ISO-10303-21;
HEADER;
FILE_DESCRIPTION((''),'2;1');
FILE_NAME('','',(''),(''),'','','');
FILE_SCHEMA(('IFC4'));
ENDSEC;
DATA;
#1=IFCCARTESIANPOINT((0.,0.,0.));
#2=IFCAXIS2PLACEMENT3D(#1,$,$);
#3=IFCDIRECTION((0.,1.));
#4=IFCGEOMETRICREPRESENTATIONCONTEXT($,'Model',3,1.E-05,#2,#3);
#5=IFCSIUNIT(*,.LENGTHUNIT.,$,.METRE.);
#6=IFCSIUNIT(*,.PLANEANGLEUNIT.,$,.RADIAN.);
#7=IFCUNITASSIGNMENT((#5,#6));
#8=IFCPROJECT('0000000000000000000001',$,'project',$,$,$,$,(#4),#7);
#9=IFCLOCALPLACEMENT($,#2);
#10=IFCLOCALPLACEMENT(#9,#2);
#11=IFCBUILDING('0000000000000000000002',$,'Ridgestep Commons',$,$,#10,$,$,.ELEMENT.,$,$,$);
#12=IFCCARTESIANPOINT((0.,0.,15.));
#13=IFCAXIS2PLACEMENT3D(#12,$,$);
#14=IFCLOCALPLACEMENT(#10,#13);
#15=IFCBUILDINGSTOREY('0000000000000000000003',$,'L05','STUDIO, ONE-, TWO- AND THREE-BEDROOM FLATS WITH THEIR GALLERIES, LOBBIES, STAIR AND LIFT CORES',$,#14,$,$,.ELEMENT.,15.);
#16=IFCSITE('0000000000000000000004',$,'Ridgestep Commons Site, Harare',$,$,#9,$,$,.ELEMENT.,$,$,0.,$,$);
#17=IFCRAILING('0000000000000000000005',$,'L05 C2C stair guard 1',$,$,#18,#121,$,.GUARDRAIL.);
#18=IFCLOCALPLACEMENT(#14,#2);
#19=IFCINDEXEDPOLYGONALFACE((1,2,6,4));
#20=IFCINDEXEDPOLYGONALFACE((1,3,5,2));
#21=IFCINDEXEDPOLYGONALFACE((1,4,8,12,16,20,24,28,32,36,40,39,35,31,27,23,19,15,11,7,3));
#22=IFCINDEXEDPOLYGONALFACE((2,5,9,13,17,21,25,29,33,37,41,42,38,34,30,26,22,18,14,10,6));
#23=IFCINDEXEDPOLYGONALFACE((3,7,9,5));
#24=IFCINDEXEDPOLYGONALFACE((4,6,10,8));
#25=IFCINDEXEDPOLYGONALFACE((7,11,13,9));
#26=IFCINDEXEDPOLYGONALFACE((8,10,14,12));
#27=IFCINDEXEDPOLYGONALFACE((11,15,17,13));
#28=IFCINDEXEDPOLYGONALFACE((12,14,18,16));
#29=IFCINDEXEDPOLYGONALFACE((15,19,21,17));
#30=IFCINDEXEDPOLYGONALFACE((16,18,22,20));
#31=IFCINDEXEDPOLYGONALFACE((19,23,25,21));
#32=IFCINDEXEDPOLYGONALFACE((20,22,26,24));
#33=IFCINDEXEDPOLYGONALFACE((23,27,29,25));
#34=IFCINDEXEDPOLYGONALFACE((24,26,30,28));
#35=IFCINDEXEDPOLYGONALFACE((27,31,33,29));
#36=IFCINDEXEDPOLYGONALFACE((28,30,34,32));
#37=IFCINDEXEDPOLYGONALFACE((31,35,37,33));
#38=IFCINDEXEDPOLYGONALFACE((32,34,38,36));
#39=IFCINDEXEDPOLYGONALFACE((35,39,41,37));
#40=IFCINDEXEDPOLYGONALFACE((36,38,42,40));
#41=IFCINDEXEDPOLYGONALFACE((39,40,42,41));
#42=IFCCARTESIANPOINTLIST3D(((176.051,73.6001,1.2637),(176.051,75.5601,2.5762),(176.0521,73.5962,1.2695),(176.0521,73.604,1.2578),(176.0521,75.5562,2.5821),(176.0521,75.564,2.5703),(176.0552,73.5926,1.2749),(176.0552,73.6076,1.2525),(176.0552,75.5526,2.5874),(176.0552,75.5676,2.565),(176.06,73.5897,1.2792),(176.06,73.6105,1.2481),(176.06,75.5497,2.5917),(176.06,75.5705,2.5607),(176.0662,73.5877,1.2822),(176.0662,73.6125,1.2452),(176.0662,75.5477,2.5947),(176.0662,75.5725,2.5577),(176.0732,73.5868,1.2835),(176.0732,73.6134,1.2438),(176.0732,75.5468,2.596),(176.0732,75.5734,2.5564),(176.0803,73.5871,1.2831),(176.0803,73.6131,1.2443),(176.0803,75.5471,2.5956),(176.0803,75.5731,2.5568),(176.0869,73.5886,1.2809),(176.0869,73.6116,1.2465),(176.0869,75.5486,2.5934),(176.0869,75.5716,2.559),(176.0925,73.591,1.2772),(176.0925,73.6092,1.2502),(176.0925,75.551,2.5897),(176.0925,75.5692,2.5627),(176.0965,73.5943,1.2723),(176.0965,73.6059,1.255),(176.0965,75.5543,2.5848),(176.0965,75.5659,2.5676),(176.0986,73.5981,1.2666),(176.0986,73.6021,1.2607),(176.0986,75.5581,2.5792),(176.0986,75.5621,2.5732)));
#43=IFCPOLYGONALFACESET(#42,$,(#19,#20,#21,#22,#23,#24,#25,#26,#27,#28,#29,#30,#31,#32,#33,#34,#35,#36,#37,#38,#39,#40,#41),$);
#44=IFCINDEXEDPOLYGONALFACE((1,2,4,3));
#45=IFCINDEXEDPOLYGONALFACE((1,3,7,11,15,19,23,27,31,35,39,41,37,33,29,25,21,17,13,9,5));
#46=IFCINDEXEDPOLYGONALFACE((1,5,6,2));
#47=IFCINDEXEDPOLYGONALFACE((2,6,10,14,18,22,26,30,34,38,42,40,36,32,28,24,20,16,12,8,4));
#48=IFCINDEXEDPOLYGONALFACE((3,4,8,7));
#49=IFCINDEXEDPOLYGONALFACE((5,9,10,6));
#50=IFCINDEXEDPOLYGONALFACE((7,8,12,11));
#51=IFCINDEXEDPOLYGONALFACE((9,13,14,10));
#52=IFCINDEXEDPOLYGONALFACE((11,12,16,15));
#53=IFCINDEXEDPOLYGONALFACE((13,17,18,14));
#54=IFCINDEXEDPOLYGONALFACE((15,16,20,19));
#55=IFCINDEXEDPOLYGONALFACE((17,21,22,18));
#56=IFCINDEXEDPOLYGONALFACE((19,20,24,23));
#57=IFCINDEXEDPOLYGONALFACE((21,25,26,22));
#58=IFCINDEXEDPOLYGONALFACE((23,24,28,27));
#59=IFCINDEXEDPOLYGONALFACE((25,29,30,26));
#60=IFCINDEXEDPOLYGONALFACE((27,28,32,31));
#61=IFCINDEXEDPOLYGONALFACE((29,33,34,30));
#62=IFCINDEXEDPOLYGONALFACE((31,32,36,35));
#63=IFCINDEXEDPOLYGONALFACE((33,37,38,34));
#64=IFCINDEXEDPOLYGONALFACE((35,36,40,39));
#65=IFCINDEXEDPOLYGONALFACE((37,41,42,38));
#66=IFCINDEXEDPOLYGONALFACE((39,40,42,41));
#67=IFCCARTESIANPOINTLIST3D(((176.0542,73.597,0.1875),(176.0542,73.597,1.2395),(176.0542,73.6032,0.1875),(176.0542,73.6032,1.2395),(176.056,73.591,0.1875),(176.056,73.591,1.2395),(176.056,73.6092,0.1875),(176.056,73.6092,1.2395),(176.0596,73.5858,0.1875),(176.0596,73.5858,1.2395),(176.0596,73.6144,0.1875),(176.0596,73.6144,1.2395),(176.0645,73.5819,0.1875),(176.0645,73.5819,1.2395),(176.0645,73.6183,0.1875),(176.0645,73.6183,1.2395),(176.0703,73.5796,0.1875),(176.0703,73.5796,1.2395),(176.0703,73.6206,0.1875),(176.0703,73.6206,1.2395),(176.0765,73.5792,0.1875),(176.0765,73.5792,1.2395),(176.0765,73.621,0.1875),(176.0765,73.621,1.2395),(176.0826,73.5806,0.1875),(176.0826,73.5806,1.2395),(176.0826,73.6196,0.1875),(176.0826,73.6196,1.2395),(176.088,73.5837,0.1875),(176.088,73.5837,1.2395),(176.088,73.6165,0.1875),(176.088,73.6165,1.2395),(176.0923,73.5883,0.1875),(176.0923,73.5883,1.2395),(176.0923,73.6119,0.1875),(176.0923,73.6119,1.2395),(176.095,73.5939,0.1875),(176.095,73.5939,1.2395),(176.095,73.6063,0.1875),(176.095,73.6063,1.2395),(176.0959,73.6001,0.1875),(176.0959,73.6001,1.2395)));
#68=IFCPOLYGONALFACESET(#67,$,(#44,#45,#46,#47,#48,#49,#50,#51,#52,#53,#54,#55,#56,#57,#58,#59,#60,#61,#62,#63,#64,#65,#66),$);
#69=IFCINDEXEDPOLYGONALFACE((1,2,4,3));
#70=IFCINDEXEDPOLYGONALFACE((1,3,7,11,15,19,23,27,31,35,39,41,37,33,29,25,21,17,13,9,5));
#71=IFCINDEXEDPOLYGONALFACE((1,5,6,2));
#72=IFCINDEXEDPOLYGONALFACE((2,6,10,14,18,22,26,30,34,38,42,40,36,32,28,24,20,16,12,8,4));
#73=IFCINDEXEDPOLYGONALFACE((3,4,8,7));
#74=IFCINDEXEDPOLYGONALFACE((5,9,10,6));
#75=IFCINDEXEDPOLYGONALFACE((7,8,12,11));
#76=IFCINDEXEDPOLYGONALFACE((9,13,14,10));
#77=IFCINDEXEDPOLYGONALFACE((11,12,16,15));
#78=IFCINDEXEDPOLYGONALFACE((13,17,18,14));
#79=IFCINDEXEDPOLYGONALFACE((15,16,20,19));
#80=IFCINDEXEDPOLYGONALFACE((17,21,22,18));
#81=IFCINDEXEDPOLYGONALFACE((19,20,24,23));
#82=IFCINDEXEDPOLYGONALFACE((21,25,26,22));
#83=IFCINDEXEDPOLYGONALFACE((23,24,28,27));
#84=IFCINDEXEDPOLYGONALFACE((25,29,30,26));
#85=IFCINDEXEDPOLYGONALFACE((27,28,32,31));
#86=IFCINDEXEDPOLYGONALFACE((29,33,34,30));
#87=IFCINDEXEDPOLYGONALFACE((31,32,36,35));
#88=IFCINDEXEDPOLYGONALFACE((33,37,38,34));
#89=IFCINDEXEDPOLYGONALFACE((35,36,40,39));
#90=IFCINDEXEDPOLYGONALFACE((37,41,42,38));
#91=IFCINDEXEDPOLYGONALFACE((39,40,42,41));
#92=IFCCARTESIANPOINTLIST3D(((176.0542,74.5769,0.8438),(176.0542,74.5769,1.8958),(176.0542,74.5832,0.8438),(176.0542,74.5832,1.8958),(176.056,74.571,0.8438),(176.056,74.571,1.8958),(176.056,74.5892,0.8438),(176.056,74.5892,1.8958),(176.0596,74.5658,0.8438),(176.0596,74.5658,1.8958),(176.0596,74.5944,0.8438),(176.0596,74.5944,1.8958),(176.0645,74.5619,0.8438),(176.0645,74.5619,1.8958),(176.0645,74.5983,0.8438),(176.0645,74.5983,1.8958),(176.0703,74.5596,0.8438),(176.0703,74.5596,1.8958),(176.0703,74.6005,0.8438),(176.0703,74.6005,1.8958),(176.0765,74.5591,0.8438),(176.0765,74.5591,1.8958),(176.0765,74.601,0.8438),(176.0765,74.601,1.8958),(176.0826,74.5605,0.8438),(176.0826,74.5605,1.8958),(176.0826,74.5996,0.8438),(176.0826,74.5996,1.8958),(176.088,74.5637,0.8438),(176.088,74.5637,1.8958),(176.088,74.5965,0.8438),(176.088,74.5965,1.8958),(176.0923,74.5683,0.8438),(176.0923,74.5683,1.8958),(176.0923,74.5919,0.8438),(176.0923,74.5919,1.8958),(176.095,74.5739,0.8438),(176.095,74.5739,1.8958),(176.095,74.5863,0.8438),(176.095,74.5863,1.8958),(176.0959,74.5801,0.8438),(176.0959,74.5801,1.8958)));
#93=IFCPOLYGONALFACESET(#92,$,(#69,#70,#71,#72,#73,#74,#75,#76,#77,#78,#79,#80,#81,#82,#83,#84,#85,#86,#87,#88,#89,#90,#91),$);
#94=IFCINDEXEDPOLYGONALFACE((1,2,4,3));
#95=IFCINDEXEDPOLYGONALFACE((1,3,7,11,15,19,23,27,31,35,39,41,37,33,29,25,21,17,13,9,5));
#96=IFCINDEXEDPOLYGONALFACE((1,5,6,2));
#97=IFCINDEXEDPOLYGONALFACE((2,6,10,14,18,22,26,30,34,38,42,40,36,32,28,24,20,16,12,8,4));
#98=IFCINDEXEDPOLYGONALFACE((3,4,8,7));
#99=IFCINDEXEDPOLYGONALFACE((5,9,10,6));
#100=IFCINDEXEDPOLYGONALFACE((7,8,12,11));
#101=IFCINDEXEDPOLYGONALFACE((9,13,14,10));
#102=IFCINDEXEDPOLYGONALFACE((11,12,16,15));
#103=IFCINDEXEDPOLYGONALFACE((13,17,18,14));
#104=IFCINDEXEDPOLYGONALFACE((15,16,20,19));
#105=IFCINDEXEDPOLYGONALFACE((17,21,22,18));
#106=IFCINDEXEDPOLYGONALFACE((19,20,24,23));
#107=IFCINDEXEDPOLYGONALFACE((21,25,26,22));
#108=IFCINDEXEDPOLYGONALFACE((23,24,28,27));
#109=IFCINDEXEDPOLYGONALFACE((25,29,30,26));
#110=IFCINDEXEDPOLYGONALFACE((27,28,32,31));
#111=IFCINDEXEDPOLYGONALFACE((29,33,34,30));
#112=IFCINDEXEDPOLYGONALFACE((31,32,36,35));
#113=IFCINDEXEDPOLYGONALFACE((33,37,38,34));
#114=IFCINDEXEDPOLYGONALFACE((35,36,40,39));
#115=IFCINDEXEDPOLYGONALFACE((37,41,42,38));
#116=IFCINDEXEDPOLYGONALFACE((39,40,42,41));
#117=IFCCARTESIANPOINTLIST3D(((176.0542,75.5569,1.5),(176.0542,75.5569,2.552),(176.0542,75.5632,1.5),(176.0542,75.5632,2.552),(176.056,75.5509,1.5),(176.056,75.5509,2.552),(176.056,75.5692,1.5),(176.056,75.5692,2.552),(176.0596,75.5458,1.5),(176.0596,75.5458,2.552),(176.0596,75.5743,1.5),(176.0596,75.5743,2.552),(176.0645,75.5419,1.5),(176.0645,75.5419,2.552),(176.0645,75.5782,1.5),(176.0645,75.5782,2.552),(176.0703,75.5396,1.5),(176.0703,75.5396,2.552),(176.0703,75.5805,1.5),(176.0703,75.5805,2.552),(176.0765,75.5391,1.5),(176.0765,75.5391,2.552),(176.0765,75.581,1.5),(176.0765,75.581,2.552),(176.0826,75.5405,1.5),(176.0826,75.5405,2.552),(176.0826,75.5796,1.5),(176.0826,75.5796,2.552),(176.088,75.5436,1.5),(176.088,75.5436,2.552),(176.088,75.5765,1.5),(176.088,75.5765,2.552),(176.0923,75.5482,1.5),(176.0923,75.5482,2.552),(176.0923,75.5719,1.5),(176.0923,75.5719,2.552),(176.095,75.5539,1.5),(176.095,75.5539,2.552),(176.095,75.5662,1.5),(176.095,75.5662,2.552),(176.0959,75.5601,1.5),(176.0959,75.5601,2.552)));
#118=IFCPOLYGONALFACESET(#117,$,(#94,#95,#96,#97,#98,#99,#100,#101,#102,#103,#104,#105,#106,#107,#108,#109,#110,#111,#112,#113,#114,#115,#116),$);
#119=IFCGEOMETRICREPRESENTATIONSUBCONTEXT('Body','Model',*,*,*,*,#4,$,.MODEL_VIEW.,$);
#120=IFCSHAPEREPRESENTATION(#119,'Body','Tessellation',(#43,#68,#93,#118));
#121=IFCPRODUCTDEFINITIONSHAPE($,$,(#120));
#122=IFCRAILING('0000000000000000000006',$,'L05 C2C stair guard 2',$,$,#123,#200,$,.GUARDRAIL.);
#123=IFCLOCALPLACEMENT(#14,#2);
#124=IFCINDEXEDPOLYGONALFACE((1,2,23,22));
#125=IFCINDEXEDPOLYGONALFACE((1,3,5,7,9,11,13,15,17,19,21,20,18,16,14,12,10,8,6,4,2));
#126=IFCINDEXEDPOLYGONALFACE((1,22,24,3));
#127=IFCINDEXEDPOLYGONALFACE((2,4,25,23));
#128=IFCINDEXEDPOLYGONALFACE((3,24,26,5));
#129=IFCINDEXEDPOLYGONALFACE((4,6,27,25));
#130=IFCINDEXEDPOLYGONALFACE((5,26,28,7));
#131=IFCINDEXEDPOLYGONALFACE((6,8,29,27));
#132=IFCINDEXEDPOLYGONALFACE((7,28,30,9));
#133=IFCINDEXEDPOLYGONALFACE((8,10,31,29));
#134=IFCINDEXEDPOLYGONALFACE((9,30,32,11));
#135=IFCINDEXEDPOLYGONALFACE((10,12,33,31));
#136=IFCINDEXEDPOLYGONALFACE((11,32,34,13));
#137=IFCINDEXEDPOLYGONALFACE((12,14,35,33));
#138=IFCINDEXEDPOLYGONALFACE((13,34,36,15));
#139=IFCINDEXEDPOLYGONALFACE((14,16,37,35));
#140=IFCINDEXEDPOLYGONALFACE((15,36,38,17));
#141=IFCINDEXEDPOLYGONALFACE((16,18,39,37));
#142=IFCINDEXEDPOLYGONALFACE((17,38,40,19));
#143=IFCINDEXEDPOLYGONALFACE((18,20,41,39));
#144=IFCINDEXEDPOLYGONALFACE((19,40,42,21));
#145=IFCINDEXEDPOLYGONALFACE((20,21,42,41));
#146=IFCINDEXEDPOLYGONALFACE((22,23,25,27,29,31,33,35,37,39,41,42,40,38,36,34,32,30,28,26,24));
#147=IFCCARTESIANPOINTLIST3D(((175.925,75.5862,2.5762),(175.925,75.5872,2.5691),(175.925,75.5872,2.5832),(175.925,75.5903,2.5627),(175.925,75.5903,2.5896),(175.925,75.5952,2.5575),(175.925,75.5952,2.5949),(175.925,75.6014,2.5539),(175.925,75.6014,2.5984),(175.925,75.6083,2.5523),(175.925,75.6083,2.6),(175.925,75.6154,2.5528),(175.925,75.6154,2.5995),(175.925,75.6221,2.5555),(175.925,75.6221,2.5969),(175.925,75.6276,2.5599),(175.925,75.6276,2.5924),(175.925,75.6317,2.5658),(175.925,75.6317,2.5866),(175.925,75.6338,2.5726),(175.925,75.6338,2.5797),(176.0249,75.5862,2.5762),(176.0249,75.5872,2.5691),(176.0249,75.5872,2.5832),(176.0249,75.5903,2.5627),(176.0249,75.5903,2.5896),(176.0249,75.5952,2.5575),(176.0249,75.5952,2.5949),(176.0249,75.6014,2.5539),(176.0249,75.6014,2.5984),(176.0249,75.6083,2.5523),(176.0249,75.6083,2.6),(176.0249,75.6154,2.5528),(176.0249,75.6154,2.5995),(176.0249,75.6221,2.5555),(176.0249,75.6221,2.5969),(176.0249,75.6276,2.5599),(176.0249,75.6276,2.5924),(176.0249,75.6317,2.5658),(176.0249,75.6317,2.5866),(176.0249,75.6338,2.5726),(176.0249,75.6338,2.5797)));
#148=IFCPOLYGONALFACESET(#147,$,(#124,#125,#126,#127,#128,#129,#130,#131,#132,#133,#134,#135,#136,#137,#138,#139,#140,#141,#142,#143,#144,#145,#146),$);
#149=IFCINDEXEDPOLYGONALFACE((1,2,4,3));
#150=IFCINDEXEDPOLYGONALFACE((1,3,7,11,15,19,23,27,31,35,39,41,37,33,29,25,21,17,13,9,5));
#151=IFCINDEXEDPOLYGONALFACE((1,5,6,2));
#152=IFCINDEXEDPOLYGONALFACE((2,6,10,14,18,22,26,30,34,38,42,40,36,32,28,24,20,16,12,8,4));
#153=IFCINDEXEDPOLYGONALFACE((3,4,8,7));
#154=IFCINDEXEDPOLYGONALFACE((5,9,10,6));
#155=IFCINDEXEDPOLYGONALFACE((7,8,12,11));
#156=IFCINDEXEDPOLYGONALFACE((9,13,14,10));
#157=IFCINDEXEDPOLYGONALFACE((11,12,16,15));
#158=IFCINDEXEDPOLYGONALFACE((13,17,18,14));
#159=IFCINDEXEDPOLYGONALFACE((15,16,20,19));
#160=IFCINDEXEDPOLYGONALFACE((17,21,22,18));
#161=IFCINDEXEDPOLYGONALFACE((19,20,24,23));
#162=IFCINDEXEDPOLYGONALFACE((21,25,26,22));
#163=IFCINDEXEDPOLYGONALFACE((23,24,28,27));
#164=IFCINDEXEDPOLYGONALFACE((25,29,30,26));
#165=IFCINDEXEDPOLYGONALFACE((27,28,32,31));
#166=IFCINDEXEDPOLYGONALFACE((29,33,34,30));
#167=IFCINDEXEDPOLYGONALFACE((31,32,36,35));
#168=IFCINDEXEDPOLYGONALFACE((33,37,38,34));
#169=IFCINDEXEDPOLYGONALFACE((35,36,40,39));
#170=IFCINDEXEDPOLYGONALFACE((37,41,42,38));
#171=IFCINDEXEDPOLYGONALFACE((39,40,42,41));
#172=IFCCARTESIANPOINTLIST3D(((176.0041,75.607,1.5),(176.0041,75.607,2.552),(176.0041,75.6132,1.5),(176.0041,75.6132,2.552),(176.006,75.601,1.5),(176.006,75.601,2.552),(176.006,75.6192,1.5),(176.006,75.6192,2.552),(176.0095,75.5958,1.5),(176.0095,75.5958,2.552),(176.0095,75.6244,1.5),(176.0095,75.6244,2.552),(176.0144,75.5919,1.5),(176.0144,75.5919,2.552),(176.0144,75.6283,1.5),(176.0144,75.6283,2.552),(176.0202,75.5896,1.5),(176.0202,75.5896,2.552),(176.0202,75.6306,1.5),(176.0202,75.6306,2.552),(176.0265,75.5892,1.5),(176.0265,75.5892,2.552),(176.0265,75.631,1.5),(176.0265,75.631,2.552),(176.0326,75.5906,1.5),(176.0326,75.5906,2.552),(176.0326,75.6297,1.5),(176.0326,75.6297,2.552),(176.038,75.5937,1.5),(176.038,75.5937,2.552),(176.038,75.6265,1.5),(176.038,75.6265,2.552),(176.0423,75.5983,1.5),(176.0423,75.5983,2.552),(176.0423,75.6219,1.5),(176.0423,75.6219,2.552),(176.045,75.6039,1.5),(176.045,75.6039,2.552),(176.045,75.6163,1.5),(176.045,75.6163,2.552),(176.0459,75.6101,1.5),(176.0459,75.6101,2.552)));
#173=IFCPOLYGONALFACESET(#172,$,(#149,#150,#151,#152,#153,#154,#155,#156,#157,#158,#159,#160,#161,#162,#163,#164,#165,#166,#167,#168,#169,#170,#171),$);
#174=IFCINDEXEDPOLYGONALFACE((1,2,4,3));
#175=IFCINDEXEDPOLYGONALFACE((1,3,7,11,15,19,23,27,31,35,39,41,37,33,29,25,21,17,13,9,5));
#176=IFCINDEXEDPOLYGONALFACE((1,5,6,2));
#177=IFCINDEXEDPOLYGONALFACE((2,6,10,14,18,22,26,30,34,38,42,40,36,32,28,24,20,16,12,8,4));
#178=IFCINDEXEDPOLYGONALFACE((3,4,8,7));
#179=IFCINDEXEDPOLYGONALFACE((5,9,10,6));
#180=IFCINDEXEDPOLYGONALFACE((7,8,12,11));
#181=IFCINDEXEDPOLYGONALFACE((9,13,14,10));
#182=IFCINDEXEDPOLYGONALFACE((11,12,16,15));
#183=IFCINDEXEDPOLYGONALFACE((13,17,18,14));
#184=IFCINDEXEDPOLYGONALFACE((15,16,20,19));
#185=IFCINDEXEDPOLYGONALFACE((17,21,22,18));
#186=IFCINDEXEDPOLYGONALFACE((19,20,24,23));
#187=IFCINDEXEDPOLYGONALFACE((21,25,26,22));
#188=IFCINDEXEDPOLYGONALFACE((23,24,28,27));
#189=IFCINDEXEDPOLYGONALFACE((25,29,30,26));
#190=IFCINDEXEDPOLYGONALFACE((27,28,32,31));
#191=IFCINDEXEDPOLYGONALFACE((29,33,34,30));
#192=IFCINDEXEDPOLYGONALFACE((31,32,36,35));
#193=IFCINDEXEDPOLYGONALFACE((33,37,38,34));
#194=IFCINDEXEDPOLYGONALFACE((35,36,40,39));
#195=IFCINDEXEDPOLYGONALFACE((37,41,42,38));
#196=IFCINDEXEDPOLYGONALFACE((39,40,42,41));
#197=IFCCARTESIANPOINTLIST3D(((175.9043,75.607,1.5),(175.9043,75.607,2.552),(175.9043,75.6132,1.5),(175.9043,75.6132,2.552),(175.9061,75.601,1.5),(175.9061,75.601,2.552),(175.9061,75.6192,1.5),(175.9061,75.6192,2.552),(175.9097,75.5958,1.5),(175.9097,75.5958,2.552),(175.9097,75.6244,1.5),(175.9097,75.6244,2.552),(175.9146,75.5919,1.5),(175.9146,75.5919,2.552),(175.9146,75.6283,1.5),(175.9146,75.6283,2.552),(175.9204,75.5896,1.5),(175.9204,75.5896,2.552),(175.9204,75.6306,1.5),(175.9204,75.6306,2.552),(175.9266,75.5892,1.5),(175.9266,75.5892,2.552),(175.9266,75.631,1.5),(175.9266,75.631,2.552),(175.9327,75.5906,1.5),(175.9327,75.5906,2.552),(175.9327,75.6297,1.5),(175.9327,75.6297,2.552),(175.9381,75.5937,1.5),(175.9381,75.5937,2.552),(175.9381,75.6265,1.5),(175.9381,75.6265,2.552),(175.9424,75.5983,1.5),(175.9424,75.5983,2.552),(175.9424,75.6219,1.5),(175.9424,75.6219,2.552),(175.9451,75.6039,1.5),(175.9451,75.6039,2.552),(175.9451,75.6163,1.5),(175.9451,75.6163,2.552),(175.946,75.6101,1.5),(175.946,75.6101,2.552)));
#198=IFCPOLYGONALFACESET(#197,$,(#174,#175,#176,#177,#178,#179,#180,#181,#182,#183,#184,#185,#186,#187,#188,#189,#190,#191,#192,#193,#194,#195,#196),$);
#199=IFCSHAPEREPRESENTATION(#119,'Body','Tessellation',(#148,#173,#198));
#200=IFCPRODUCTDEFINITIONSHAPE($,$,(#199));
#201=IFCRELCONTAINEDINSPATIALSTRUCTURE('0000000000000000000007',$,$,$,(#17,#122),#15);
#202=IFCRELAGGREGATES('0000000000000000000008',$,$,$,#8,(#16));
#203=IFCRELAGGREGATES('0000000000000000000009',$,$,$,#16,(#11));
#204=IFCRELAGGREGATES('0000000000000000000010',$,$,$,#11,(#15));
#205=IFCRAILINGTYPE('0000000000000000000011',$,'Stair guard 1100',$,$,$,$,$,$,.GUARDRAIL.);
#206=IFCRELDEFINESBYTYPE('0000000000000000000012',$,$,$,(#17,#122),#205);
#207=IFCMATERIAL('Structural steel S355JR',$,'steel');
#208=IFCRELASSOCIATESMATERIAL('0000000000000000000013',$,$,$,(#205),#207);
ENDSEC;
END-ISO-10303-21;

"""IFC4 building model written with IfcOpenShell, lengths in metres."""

from ifc_helpers import new_model, si_unit, direction, frame, origin, origin_2d, place, context, subcontext, project, spatial, circle, extrude, material, type_object, element, save


model = new_model("IFC4")

# Units and contexts
model_context = context("Model", 3, precision=1e-05, world=origin(), true_north=direction((0.0, 1.0)))
body_context = subcontext(model_context, "Body", "Model", "MODEL_VIEW")
ifc_project = project(units=[si_unit("LENGTHUNIT", "METRE"), si_unit("PLANEANGLEUNIT", "RADIAN")], contexts=[model_context])

# Site, building, storey
site_placement = place(None, origin())
site = spatial("IfcSite", under=ifc_project, at=site_placement, Name="Ridgestep Commons Site, Harare", CompositionType="ELEMENT", RefElevation=0.0)
building_placement = place(site_placement, origin())
building = spatial("IfcBuilding", under=site, at=building_placement, Name="Ridgestep Commons", CompositionType="ELEMENT")
storey_placement = place(building_placement, frame((0.0, 0.0, 15.0)))
storey = spatial("IfcBuildingStorey", under=building, at=storey_placement, Name="L05", Description="STUDIO, ONE-, TWO- AND THREE-BEDROOM FLATS WITH THEIR GALLERIES, LOBBIES, STAIR AND LIFT CORES", CompositionType="ELEMENT", Elevation=15.0)

# Railings
ifc_material_1 = material(Name="Structural steel S355JR", Category="steel")
railing_type_1 = type_object("IfcRailingType", Name="Stair guard 1100", PredefinedType="GUARDRAIL", material=ifc_material_1)
railing_1_placement = place(storey_placement, frame((176.075, 73.6001, 0.1875)))
element("IfcRailing", 1, at=railing_1_placement, inside=storey, type_object=railing_type_1, Name="L05 C2C stair guard 1", PredefinedType="GUARDRAIL", context=body_context, shape_type="SweptSolid", body=[
    extrude(circle(Radius=0.0239, at=origin_2d()), frame((0.0, 0.0, 1.0762), z_axis=(0.0, 0.830902, 0.556419), x_axis=(-1.0, 0.0, 0.0)), (0.0, 0.0, 1.0), 2.3589),
    extrude(circle(Radius=0.021, at=origin_2d()), origin(), (0.0, 0.0, 1.0), 1.052),
    extrude(circle(Radius=0.021, at=origin_2d()), frame((0.0, 0.98, 0.6562)), (0.0, 0.0, 1.0), 1.052),
    extrude(circle(Radius=0.021, at=origin_2d()), frame((0.0, 1.96, 1.3125)), (0.0, 0.0, 1.0), 1.052),
])
railing_2_placement = place(storey_placement, frame((176.0249, 75.6101, 1.5)))
element("IfcRailing", 2, at=railing_2_placement, inside=storey, type_object=railing_type_1, Name="L05 C2C stair guard 2", PredefinedType="GUARDRAIL", context=body_context, shape_type="SweptSolid", body=[
    extrude(circle(Radius=0.0239, at=origin_2d()), frame((0.0, 0.0, 1.0762), z_axis=(-1.0, 0.0, 0.0), x_axis=(0.0, -1.0, 0.0)), (0.0, 0.0, 1.0), 0.0999),
    extrude(circle(Radius=0.021, at=origin_2d()), origin(), (0.0, 0.0, 1.0), 1.052),
    extrude(circle(Radius=0.021, at=origin_2d()), frame((-0.0999, 0.0, 0.0)), (0.0, 0.0, 1.0), 1.052),
])

save(model, "model.ifc")
